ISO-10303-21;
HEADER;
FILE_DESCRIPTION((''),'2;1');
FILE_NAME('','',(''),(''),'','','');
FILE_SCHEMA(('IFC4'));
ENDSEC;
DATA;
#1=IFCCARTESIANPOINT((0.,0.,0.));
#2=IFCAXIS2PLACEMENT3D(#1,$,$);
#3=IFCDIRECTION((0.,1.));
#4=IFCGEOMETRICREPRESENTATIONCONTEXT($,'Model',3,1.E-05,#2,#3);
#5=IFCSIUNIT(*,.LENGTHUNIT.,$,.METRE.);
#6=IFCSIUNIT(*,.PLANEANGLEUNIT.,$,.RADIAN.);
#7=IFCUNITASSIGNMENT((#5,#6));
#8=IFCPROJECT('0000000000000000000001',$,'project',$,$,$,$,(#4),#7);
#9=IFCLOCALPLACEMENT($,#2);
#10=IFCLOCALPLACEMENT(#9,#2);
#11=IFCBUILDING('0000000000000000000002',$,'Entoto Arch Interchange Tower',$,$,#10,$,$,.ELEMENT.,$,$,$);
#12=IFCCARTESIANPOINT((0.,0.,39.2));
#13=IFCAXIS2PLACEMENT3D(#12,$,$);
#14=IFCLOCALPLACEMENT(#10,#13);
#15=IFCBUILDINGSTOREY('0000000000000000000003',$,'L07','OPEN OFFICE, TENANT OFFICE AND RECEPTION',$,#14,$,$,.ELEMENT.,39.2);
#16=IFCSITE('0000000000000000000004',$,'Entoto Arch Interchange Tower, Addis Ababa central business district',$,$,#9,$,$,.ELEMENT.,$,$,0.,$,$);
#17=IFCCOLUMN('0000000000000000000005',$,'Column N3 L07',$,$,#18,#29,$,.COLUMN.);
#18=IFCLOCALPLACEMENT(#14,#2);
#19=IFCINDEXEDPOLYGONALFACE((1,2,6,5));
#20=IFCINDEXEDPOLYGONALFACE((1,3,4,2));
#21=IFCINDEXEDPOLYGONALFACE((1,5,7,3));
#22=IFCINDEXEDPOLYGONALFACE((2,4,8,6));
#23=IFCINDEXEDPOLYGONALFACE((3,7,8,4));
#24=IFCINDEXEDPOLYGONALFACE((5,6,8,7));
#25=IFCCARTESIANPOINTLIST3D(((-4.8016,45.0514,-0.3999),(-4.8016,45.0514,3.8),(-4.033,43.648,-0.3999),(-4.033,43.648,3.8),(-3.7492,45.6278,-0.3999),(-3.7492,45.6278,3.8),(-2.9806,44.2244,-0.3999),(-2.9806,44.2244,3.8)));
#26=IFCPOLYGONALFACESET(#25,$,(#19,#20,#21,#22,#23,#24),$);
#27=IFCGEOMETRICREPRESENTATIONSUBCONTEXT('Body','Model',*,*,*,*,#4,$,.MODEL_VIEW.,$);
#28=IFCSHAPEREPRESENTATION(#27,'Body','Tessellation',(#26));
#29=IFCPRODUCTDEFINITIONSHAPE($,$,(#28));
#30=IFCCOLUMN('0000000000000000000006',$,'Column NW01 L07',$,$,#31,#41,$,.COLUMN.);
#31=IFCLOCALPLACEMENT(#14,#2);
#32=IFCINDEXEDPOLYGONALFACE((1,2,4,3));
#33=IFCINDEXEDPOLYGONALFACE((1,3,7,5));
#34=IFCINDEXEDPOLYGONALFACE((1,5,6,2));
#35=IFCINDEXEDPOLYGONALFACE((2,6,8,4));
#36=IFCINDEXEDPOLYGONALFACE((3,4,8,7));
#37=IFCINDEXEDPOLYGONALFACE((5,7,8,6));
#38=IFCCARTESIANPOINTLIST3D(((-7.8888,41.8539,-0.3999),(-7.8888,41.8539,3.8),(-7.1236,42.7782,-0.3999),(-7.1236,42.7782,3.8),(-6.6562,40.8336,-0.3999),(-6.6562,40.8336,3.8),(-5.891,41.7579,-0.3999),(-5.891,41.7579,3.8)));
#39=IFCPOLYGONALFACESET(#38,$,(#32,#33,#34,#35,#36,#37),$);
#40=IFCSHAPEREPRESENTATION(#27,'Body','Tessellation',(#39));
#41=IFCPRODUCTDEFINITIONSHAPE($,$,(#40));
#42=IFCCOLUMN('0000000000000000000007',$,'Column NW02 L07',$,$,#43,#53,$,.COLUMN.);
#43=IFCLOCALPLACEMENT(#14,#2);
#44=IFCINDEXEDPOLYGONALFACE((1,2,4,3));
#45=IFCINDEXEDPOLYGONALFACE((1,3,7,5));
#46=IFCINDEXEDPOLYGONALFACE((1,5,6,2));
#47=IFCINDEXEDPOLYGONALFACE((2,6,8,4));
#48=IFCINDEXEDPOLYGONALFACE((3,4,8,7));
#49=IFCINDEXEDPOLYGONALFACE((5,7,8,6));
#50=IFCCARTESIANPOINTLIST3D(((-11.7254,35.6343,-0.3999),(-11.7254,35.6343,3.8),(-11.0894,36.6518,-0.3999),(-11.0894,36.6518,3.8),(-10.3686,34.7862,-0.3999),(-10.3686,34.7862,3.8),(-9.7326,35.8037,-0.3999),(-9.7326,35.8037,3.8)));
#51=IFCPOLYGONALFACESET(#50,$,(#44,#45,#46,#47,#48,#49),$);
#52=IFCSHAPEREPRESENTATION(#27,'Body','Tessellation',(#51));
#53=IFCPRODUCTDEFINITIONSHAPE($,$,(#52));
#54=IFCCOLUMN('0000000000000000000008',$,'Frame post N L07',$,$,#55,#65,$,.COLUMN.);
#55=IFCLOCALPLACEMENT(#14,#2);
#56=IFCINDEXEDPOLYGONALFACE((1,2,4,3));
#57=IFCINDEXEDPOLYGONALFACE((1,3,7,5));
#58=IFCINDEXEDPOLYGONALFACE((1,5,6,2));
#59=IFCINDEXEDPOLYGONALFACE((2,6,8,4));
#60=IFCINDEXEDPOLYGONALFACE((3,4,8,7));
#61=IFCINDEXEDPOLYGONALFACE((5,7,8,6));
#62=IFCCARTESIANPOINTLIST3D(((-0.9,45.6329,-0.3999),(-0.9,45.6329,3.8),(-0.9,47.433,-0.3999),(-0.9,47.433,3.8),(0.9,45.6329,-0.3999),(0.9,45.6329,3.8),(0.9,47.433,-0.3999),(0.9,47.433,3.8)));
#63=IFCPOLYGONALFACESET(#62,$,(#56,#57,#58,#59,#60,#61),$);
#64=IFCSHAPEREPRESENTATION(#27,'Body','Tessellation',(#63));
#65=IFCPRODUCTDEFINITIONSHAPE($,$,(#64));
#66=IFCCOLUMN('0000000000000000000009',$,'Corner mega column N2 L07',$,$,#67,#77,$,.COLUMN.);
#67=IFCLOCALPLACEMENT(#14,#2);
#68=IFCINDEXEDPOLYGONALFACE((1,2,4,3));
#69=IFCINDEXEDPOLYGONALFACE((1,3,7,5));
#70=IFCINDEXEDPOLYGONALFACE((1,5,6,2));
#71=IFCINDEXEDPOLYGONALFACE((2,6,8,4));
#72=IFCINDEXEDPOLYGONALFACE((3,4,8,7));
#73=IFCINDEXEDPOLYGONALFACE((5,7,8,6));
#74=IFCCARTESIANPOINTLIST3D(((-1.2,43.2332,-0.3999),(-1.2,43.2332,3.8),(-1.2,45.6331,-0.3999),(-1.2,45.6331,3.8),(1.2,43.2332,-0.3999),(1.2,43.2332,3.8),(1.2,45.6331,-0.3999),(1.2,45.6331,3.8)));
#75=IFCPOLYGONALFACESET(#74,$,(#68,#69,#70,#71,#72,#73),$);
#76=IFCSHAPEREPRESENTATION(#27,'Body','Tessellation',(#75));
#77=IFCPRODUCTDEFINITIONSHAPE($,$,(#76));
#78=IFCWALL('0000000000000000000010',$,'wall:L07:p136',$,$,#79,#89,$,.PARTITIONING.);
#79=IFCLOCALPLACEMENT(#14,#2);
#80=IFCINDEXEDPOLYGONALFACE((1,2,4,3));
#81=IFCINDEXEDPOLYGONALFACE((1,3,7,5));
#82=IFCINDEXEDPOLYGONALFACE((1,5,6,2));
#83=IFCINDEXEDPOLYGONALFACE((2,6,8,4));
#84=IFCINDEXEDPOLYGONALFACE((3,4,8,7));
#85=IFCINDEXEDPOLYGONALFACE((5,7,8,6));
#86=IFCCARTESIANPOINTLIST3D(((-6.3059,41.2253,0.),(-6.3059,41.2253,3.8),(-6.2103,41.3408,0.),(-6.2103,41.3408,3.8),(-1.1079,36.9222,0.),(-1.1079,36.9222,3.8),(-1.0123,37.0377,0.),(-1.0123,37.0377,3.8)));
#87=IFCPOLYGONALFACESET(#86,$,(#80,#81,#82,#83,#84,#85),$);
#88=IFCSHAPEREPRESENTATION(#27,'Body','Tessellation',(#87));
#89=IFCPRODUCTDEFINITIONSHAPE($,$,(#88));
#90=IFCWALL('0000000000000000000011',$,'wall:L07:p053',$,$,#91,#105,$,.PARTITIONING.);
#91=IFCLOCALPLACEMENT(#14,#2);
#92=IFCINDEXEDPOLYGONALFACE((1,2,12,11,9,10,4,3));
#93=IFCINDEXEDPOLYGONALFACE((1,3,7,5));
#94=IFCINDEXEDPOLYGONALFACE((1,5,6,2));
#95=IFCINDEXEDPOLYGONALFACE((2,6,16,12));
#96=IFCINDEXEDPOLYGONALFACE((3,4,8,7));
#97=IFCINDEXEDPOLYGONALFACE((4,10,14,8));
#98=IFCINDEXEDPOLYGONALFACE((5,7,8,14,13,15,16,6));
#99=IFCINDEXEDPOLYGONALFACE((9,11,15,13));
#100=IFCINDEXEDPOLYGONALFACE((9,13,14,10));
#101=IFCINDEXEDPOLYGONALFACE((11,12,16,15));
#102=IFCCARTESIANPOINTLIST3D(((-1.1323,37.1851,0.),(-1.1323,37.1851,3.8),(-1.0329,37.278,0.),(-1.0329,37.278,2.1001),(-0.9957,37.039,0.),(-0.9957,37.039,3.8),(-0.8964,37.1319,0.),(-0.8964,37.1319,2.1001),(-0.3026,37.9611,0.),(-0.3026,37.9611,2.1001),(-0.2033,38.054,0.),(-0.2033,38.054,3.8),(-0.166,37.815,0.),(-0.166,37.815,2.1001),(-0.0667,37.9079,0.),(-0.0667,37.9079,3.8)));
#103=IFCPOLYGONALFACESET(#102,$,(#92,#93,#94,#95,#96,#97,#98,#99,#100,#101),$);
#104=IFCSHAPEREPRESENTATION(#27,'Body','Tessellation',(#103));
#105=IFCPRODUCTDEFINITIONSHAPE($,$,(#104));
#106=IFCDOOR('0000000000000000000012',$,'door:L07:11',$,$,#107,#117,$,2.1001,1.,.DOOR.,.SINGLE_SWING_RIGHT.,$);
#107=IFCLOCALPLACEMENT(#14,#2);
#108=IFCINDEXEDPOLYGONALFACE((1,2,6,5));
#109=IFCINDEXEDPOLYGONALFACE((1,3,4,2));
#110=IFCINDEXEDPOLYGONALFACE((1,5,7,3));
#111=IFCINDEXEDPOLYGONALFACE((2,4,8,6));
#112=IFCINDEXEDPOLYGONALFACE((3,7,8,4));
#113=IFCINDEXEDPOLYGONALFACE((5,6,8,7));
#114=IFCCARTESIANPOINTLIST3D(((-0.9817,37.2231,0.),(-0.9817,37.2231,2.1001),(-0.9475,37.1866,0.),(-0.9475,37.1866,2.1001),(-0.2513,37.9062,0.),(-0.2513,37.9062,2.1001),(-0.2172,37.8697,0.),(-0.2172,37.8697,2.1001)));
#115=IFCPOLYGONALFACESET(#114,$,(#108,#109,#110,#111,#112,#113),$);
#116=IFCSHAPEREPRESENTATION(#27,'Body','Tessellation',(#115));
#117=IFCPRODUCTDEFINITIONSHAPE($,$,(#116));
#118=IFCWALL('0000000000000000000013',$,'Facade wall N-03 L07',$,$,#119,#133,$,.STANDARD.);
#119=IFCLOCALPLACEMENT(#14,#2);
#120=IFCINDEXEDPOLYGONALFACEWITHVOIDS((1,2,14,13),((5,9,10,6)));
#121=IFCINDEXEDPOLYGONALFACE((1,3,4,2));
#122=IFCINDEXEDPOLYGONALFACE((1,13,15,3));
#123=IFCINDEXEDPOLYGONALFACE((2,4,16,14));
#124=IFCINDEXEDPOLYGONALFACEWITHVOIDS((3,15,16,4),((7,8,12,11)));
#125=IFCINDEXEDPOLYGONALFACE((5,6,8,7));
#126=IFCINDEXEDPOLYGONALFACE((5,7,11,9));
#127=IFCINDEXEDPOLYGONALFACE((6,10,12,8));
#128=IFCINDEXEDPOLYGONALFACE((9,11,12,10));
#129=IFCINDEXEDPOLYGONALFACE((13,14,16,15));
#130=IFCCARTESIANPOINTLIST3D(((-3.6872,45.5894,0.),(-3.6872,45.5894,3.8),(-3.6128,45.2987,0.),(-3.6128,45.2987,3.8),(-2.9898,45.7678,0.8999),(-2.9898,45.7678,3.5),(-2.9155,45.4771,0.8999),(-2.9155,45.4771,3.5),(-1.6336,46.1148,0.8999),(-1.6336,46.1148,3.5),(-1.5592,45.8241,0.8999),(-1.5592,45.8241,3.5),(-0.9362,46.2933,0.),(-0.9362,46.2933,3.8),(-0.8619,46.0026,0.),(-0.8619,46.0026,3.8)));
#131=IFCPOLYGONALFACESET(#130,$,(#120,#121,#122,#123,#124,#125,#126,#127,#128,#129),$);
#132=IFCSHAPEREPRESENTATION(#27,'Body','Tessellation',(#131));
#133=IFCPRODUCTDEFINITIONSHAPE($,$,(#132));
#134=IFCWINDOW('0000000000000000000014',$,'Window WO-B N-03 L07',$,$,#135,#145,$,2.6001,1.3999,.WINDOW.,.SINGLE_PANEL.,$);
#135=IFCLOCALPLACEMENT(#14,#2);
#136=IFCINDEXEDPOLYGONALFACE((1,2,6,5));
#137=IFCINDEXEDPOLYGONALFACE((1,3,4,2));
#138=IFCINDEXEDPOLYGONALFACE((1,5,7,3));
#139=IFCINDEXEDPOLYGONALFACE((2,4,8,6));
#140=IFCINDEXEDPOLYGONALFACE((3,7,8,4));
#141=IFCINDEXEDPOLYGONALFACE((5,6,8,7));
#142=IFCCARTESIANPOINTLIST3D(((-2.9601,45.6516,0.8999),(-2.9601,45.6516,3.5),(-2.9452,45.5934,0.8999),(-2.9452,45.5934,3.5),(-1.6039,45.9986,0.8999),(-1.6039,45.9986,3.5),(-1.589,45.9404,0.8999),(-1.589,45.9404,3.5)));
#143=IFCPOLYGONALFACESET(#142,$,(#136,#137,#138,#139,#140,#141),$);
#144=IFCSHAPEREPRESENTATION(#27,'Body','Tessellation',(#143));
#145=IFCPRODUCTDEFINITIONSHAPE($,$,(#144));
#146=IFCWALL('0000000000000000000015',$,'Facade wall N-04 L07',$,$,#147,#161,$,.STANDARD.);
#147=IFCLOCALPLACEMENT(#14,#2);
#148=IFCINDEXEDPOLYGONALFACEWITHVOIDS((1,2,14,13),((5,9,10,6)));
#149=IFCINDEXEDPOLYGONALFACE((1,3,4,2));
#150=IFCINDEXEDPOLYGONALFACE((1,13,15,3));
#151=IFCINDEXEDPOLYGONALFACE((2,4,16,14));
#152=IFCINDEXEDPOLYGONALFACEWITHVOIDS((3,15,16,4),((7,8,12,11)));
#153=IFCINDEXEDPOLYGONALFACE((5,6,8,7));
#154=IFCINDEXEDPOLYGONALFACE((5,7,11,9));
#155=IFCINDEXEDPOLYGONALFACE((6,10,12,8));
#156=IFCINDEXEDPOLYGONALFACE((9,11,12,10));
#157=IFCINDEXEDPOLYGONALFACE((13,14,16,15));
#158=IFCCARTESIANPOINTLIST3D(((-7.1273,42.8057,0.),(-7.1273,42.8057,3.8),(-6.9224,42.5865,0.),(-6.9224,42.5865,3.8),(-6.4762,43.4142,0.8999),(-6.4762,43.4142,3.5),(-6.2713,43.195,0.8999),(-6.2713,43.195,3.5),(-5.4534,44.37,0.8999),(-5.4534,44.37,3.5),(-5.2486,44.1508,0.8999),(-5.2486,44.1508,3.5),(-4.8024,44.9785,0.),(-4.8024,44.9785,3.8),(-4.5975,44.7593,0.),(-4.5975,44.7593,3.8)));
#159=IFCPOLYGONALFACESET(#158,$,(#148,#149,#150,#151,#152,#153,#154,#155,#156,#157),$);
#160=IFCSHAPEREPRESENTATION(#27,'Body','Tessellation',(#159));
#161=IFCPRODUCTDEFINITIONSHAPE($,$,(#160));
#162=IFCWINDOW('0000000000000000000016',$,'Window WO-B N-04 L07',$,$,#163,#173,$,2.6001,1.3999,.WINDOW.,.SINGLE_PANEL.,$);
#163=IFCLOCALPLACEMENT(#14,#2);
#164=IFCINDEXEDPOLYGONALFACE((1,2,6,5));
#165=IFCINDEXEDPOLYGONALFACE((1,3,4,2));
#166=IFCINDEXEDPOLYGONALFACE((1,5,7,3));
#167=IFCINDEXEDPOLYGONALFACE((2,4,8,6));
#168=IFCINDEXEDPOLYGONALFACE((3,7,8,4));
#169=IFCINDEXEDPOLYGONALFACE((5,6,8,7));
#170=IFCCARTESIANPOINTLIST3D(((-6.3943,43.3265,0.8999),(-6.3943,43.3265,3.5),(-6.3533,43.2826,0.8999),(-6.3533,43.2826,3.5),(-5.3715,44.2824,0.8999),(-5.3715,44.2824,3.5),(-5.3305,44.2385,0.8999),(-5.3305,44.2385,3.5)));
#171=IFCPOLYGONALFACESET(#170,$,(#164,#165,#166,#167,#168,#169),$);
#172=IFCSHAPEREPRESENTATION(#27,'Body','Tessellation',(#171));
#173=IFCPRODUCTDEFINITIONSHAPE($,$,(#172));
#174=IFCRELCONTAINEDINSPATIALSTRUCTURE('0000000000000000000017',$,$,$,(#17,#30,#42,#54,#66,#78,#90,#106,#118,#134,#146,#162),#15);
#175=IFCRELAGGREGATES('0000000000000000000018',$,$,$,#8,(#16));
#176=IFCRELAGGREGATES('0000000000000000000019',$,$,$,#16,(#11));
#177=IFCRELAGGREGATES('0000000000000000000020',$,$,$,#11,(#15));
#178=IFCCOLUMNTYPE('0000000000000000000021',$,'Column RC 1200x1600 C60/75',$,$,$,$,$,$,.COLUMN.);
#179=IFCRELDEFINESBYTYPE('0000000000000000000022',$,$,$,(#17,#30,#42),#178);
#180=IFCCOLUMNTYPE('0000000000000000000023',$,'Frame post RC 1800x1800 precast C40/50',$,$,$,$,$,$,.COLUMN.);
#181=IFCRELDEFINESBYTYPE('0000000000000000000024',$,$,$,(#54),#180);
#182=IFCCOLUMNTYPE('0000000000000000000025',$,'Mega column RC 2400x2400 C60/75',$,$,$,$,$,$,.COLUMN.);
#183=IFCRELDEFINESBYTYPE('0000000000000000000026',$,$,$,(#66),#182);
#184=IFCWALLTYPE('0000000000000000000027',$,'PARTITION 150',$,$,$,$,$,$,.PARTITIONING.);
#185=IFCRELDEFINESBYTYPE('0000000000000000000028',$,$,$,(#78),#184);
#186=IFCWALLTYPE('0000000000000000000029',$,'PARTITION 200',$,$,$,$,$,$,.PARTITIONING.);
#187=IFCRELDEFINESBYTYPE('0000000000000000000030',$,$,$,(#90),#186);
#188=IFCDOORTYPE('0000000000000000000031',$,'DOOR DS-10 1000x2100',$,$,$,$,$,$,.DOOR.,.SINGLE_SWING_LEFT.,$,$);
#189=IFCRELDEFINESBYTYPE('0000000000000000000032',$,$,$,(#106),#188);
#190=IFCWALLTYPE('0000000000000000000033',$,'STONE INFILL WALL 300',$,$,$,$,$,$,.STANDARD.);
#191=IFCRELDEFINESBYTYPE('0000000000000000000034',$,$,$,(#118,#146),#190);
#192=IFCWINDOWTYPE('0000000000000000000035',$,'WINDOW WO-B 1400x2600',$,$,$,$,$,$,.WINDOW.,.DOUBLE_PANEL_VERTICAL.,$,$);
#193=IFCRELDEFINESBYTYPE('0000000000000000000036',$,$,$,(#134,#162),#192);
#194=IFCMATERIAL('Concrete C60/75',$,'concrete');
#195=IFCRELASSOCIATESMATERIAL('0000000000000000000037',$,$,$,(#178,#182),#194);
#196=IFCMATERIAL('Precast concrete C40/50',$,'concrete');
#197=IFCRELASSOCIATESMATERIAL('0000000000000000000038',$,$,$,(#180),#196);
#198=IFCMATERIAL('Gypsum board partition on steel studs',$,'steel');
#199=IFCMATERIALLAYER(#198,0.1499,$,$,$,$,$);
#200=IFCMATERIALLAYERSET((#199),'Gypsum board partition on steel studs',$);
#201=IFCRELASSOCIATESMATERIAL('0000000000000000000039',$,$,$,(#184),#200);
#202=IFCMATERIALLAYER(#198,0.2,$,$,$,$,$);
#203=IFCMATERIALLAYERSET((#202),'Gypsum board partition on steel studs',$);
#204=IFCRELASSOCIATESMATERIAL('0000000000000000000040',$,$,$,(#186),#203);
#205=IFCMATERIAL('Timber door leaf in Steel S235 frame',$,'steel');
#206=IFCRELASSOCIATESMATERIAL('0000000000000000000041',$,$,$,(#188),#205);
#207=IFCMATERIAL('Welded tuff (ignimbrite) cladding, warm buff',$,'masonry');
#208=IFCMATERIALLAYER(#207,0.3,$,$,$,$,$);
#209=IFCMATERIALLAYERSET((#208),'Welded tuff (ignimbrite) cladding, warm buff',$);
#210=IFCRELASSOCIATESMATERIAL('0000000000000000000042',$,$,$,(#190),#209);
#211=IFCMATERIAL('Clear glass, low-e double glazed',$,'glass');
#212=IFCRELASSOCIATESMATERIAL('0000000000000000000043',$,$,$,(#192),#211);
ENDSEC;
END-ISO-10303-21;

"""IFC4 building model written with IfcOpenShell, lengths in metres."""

from ifc_helpers import new_model, si_unit, direction, frame, frame_2d, origin, origin_2d, place, context, subcontext, project, spatial, rectangle, extrude, material, layer, layer_set, material_profile, profile_set, type_object, element, fill, save


model = new_model("IFC4")

# Units and contexts
model_context = context("Model", 3, precision=1e-05, world=origin(), true_north=direction((0.0, 1.0)))
body_context = subcontext(model_context, "Body", "Model", "MODEL_VIEW")
ifc_project = project(units=[si_unit("LENGTHUNIT", "METRE"), si_unit("PLANEANGLEUNIT", "RADIAN")], contexts=[model_context])

# Site, building, storey
site_placement = place(None, origin())
site = spatial("IfcSite", under=ifc_project, at=site_placement, Name="Entoto Arch Interchange Tower, Addis Ababa central business district", CompositionType="ELEMENT", RefElevation=0.0)
building_placement = place(site_placement, origin())
building = spatial("IfcBuilding", under=site, at=building_placement, Name="Entoto Arch Interchange Tower", CompositionType="ELEMENT")
storey_placement = place(building_placement, frame((0.0, 0.0, 39.2)))
storey = spatial("IfcBuildingStorey", under=building, at=storey_placement, Name="L07", Description="OPEN OFFICE, TENANT OFFICE AND RECEPTION", CompositionType="ELEMENT", Elevation=39.2)

# Columns
ifc_material_1 = material(Name="Concrete C60/75", Category="concrete")
ifc_material_profile_1 = material_profile(ifc_material_1, rectangle(XDim=1.2, YDim=1.6001, at=origin_2d()))
ifc_profile_set_1 = profile_set([ifc_material_profile_1], Name="Concrete C60/75")
column_type_1 = type_object("IfcColumnType", Name="Column RC 1200x1600 C60/75", PredefinedType="COLUMN", material=ifc_profile_set_1)
for number, where, z_axis, x_axis, name in (
    (1, (-3.8911, 44.6379, -0.3999), (0.0, 0.0, 1.0), (0.877079, 0.480346, 0.0), "Column N3 L07"),
    (2, (-6.8899, 41.8059, -0.3999), (0.0, 0.0, 1.0), (0.637666, 0.770313, 0.0), "Column NW01 L07"),
    (3, (-10.729, 35.719, -0.3999), (0.0, 0.0, 1.0), (0.530067, 0.847956, 0.0), "Column NW02 L07"),
):
    element("IfcColumn", number, at=place(storey_placement, frame(where, z_axis=z_axis, x_axis=x_axis)), inside=storey, type_object=column_type_1, Name=name, PredefinedType="COLUMN", context=body_context, shape_type="SweptSolid", body=[
        extrude(rectangle(XDim=1.2, YDim=1.6001, at=origin_2d()), origin(), (0.0, 0.0, 1.0), 4.2),
    ])
ifc_material_2 = material(Name="Precast concrete C40/50", Category="concrete")
ifc_material_profile_2 = material_profile(ifc_material_2, rectangle(XDim=1.8, YDim=1.8, at=origin_2d()))
ifc_profile_set_2 = profile_set([ifc_material_profile_2], Name="Precast concrete C40/50")
column_type_2 = type_object("IfcColumnType", Name="Frame post RC 1800x1800 precast C40/50", PredefinedType="COLUMN", material=ifc_profile_set_2)
column_1_placement = place(storey_placement, frame((0.0, 46.533, -0.3999), z_axis=(0.0, 0.0, 1.0), x_axis=(0.0, 1.0, 0.0)))
element("IfcColumn", 4, at=column_1_placement, inside=storey, type_object=column_type_2, Name="Frame post N L07", PredefinedType="COLUMN", context=body_context, shape_type="SweptSolid", body=[
    extrude(rectangle(XDim=1.8, YDim=1.8, at=origin_2d()), origin(), (0.0, 0.0, 1.0), 4.2),
])
ifc_material_profile_3 = material_profile(ifc_material_1, rectangle(XDim=2.3999, YDim=2.3999, at=origin_2d()))
ifc_profile_set_3 = profile_set([ifc_material_profile_3], Name="Concrete C60/75")
column_type_3 = type_object("IfcColumnType", Name="Mega column RC 2400x2400 C60/75", PredefinedType="COLUMN", material=ifc_profile_set_3)
column_2_placement = place(storey_placement, frame((0.0, 44.4331, -0.3999), z_axis=(0.0, 0.0, 1.0), x_axis=(0.0, 1.0, 0.0)))
element("IfcColumn", 5, at=column_2_placement, inside=storey, type_object=column_type_3, Name="Corner mega column N2 L07", PredefinedType="COLUMN", context=body_context, shape_type="SweptSolid", body=[
    extrude(rectangle(XDim=2.3999, YDim=2.3999, at=origin_2d()), origin(), (0.0, 0.0, 1.0), 4.2),
])

# Wall
ifc_material_3 = material(Name="Gypsum board partition on steel studs", Category="steel")
ifc_layer_1 = layer(ifc_material_3, 0.1499)
ifc_layer_set_1 = layer_set([ifc_layer_1], Name="Gypsum board partition on steel studs")
wall_type_1 = type_object("IfcWallType", Name="PARTITION 150", PredefinedType="PARTITIONING", material=ifc_layer_set_1)
wall_1_placement = place(storey_placement, frame((-1.0601, 36.98, 0.0), z_axis=(0.0, 0.0, 1.0), x_axis=(-0.770308, 0.637672, 0.0)))
element("IfcWall", 6, at=wall_1_placement, inside=storey, type_object=wall_type_1, Name="wall:L07:p136", PredefinedType="PARTITIONING", context=body_context, shape_type="SweptSolid", body=[
    extrude(rectangle(XDim=6.748, YDim=0.1499, at=frame_2d((3.374, 0.0))), origin(), (0.0, 0.0, 1.0), 3.8),
])

# Wall, opening, door
ifc_layer_2 = layer(ifc_material_3, 0.2)
ifc_layer_set_2 = layer_set([ifc_layer_2], Name="Gypsum board partition on steel studs")
wall_type_2 = type_object("IfcWallType", Name="PARTITION 200", PredefinedType="PARTITIONING", material=ifc_layer_set_2)
wall_2_placement = place(storey_placement, frame((-1.064, 37.1121, 0.0), z_axis=(0.0, 0.0, 1.0), x_axis=(0.730321, 0.683104, 0.0)))
wall_2 = element("IfcWall", 7, at=wall_2_placement, inside=storey, type_object=wall_type_2, Name="wall:L07:p053", PredefinedType="PARTITIONING", context=body_context, shape_type="SweptSolid", body=[
    extrude(rectangle(XDim=1.272, YDim=0.2, at=frame_2d((0.636, 0.0))), origin(), (0.0, 0.0, 1.0), 3.8),
])
opening_1_placement = place(wall_2_placement, frame((0.136, 0.0, 0.0)))
opening_1 = element("IfcOpeningElement", 8, at=opening_1_placement, cuts=wall_2, PredefinedType="OPENING", context=body_context, shape_type="SweptSolid", body=[
    extrude(rectangle(XDim=1.0, YDim=2.1001, at=frame_2d((0.5, 1.05))), frame((0.0, 0.1099, 0.0), z_axis=(0.0, -1.0, 0.0), x_axis=(1.0, 0.0, 0.0)), (0.0, 0.0, 1.0), 0.22),
])
ifc_material_4 = material(Name="Timber door leaf in Steel S235 frame", Category="steel")
door_type = type_object("IfcDoorType", Name="DOOR DS-10 1000x2100", OperationType="SINGLE_SWING_LEFT", PredefinedType="DOOR", material=ifc_material_4)
door_placement = place(opening_1_placement, origin())
door = element("IfcDoor", 9, at=door_placement, inside=storey, type_object=door_type, Name="door:L07:11", OperationType="SINGLE_SWING_RIGHT", OverallHeight=2.1001, OverallWidth=1.0, PredefinedType="DOOR", context=body_context, shape_type="SweptSolid", body=[
    extrude(rectangle(XDim=1.0, YDim=2.1001, at=frame_2d((0.5, 1.05))), frame((0.0, 0.0249, 0.0), z_axis=(0.0, -1.0, 0.0), x_axis=(1.0, 0.0, 0.0)), (0.0, 0.0, 1.0), 0.05),
])
fill(opening_1, door)

# Walls, openings, windows
ifc_material_5 = material(Name="Welded tuff (ignimbrite) cladding, warm buff", Category="masonry")
ifc_layer_3 = layer(ifc_material_5, 0.3)
ifc_layer_set_3 = layer_set([ifc_layer_3], Name="Welded tuff (ignimbrite) cladding, warm buff")
wall_type_3 = type_object("IfcWallType", Name="STONE INFILL WALL 300", PredefinedType="STANDARD", material=ifc_layer_set_3)
wall_3_placement = place(storey_placement, frame((-0.8989, 46.1479, 0.0), z_axis=(0.0, 0.0, 1.0), x_axis=(-0.968793, -0.247873, 0.0)))
wall_3 = element("IfcWall", 10, at=wall_3_placement, inside=storey, type_object=wall_type_3, Name="Facade wall N-03 L07", PredefinedType="STANDARD", context=body_context, shape_type="SweptSolid", body=[
    extrude(rectangle(XDim=2.8396, YDim=0.3, at=frame_2d((1.4199, 0.0))), origin(), (0.0, 0.0, 1.0), 3.8),
])
opening_2_placement = place(wall_3_placement, frame((0.72, 0.0, 0.8999)))
opening_2 = element("IfcOpeningElement", 11, at=opening_2_placement, cuts=wall_3, PredefinedType="OPENING", context=body_context, shape_type="SweptSolid", body=[
    extrude(rectangle(XDim=1.3999, YDim=2.6001, at=frame_2d((0.7, 1.3))), frame((0.0, 0.1602, 0.0), z_axis=(0.0, -1.0, 0.0), x_axis=(1.0, 0.0, 0.0)), (0.0, 0.0, 1.0), 0.3201),
])
ifc_material_6 = material(Name="Clear glass, low-e double glazed", Category="glass")
window_type_1 = type_object("IfcWindowType", Name="WINDOW WO-B 1400x2600", PartitioningType="DOUBLE_PANEL_VERTICAL", PredefinedType="WINDOW", material=ifc_material_6)
window_1_placement = place(opening_2_placement, origin())
window_1 = element("IfcWindow", 12, at=window_1_placement, inside=storey, type_object=window_type_1, Name="Window WO-B N-03 L07", OverallHeight=2.6001, OverallWidth=1.3999, PartitioningType="SINGLE_PANEL", PredefinedType="WINDOW", context=body_context, shape_type="SweptSolid", body=[
    extrude(rectangle(XDim=1.3999, YDim=2.6001, at=frame_2d((0.7, 1.3))), frame((0.0, 0.03, 0.0), z_axis=(0.0, -1.0, 0.0), x_axis=(1.0, 0.0, 0.0)), (0.0, 0.0, 1.0), 0.0601),
])
fill(opening_2, window_1)
wall_4_placement = place(storey_placement, frame((-4.7, 44.8689, 0.0), z_axis=(0.0, 0.0, 1.0), x_axis=(-0.730601, -0.682805, 0.0)))
wall_4 = element("IfcWall", 13, at=wall_4_placement, inside=storey, type_object=wall_type_3, Name="Facade wall N-04 L07", PredefinedType="STANDARD", context=body_context, shape_type="SweptSolid", body=[
    extrude(rectangle(XDim=3.1821, YDim=0.3, at=frame_2d((1.5911, 0.0))), origin(), (0.0, 0.0, 1.0), 3.8),
])
opening_3_placement = place(wall_4_placement, frame((0.8911, 0.0, 0.8999)))
opening_3 = element("IfcOpeningElement", 14, at=opening_3_placement, cuts=wall_4, PredefinedType="OPENING", context=body_context, shape_type="SweptSolid", body=[
    extrude(rectangle(XDim=1.3999, YDim=2.6001, at=frame_2d((0.7, 1.3))), frame((0.0, 0.1602, 0.0), z_axis=(0.0, -1.0, 0.0), x_axis=(1.0, 0.0, 0.0)), (0.0, 0.0, 1.0), 0.3201),
])
window_2_placement = place(opening_3_placement, origin())
window_2 = element("IfcWindow", 15, at=window_2_placement, inside=storey, type_object=window_type_1, Name="Window WO-B N-04 L07", OverallHeight=2.6001, OverallWidth=1.3999, PartitioningType="SINGLE_PANEL", PredefinedType="WINDOW", context=body_context, shape_type="SweptSolid", body=[
    extrude(rectangle(XDim=1.3999, YDim=2.6001, at=frame_2d((0.7, 1.3))), frame((0.0, 0.03, 0.0), z_axis=(0.0, -1.0, 0.0), x_axis=(1.0, 0.0, 0.0)), (0.0, 0.0, 1.0), 0.0601),
])
fill(opening_3, window_2)

save(model, "model.ifc")
